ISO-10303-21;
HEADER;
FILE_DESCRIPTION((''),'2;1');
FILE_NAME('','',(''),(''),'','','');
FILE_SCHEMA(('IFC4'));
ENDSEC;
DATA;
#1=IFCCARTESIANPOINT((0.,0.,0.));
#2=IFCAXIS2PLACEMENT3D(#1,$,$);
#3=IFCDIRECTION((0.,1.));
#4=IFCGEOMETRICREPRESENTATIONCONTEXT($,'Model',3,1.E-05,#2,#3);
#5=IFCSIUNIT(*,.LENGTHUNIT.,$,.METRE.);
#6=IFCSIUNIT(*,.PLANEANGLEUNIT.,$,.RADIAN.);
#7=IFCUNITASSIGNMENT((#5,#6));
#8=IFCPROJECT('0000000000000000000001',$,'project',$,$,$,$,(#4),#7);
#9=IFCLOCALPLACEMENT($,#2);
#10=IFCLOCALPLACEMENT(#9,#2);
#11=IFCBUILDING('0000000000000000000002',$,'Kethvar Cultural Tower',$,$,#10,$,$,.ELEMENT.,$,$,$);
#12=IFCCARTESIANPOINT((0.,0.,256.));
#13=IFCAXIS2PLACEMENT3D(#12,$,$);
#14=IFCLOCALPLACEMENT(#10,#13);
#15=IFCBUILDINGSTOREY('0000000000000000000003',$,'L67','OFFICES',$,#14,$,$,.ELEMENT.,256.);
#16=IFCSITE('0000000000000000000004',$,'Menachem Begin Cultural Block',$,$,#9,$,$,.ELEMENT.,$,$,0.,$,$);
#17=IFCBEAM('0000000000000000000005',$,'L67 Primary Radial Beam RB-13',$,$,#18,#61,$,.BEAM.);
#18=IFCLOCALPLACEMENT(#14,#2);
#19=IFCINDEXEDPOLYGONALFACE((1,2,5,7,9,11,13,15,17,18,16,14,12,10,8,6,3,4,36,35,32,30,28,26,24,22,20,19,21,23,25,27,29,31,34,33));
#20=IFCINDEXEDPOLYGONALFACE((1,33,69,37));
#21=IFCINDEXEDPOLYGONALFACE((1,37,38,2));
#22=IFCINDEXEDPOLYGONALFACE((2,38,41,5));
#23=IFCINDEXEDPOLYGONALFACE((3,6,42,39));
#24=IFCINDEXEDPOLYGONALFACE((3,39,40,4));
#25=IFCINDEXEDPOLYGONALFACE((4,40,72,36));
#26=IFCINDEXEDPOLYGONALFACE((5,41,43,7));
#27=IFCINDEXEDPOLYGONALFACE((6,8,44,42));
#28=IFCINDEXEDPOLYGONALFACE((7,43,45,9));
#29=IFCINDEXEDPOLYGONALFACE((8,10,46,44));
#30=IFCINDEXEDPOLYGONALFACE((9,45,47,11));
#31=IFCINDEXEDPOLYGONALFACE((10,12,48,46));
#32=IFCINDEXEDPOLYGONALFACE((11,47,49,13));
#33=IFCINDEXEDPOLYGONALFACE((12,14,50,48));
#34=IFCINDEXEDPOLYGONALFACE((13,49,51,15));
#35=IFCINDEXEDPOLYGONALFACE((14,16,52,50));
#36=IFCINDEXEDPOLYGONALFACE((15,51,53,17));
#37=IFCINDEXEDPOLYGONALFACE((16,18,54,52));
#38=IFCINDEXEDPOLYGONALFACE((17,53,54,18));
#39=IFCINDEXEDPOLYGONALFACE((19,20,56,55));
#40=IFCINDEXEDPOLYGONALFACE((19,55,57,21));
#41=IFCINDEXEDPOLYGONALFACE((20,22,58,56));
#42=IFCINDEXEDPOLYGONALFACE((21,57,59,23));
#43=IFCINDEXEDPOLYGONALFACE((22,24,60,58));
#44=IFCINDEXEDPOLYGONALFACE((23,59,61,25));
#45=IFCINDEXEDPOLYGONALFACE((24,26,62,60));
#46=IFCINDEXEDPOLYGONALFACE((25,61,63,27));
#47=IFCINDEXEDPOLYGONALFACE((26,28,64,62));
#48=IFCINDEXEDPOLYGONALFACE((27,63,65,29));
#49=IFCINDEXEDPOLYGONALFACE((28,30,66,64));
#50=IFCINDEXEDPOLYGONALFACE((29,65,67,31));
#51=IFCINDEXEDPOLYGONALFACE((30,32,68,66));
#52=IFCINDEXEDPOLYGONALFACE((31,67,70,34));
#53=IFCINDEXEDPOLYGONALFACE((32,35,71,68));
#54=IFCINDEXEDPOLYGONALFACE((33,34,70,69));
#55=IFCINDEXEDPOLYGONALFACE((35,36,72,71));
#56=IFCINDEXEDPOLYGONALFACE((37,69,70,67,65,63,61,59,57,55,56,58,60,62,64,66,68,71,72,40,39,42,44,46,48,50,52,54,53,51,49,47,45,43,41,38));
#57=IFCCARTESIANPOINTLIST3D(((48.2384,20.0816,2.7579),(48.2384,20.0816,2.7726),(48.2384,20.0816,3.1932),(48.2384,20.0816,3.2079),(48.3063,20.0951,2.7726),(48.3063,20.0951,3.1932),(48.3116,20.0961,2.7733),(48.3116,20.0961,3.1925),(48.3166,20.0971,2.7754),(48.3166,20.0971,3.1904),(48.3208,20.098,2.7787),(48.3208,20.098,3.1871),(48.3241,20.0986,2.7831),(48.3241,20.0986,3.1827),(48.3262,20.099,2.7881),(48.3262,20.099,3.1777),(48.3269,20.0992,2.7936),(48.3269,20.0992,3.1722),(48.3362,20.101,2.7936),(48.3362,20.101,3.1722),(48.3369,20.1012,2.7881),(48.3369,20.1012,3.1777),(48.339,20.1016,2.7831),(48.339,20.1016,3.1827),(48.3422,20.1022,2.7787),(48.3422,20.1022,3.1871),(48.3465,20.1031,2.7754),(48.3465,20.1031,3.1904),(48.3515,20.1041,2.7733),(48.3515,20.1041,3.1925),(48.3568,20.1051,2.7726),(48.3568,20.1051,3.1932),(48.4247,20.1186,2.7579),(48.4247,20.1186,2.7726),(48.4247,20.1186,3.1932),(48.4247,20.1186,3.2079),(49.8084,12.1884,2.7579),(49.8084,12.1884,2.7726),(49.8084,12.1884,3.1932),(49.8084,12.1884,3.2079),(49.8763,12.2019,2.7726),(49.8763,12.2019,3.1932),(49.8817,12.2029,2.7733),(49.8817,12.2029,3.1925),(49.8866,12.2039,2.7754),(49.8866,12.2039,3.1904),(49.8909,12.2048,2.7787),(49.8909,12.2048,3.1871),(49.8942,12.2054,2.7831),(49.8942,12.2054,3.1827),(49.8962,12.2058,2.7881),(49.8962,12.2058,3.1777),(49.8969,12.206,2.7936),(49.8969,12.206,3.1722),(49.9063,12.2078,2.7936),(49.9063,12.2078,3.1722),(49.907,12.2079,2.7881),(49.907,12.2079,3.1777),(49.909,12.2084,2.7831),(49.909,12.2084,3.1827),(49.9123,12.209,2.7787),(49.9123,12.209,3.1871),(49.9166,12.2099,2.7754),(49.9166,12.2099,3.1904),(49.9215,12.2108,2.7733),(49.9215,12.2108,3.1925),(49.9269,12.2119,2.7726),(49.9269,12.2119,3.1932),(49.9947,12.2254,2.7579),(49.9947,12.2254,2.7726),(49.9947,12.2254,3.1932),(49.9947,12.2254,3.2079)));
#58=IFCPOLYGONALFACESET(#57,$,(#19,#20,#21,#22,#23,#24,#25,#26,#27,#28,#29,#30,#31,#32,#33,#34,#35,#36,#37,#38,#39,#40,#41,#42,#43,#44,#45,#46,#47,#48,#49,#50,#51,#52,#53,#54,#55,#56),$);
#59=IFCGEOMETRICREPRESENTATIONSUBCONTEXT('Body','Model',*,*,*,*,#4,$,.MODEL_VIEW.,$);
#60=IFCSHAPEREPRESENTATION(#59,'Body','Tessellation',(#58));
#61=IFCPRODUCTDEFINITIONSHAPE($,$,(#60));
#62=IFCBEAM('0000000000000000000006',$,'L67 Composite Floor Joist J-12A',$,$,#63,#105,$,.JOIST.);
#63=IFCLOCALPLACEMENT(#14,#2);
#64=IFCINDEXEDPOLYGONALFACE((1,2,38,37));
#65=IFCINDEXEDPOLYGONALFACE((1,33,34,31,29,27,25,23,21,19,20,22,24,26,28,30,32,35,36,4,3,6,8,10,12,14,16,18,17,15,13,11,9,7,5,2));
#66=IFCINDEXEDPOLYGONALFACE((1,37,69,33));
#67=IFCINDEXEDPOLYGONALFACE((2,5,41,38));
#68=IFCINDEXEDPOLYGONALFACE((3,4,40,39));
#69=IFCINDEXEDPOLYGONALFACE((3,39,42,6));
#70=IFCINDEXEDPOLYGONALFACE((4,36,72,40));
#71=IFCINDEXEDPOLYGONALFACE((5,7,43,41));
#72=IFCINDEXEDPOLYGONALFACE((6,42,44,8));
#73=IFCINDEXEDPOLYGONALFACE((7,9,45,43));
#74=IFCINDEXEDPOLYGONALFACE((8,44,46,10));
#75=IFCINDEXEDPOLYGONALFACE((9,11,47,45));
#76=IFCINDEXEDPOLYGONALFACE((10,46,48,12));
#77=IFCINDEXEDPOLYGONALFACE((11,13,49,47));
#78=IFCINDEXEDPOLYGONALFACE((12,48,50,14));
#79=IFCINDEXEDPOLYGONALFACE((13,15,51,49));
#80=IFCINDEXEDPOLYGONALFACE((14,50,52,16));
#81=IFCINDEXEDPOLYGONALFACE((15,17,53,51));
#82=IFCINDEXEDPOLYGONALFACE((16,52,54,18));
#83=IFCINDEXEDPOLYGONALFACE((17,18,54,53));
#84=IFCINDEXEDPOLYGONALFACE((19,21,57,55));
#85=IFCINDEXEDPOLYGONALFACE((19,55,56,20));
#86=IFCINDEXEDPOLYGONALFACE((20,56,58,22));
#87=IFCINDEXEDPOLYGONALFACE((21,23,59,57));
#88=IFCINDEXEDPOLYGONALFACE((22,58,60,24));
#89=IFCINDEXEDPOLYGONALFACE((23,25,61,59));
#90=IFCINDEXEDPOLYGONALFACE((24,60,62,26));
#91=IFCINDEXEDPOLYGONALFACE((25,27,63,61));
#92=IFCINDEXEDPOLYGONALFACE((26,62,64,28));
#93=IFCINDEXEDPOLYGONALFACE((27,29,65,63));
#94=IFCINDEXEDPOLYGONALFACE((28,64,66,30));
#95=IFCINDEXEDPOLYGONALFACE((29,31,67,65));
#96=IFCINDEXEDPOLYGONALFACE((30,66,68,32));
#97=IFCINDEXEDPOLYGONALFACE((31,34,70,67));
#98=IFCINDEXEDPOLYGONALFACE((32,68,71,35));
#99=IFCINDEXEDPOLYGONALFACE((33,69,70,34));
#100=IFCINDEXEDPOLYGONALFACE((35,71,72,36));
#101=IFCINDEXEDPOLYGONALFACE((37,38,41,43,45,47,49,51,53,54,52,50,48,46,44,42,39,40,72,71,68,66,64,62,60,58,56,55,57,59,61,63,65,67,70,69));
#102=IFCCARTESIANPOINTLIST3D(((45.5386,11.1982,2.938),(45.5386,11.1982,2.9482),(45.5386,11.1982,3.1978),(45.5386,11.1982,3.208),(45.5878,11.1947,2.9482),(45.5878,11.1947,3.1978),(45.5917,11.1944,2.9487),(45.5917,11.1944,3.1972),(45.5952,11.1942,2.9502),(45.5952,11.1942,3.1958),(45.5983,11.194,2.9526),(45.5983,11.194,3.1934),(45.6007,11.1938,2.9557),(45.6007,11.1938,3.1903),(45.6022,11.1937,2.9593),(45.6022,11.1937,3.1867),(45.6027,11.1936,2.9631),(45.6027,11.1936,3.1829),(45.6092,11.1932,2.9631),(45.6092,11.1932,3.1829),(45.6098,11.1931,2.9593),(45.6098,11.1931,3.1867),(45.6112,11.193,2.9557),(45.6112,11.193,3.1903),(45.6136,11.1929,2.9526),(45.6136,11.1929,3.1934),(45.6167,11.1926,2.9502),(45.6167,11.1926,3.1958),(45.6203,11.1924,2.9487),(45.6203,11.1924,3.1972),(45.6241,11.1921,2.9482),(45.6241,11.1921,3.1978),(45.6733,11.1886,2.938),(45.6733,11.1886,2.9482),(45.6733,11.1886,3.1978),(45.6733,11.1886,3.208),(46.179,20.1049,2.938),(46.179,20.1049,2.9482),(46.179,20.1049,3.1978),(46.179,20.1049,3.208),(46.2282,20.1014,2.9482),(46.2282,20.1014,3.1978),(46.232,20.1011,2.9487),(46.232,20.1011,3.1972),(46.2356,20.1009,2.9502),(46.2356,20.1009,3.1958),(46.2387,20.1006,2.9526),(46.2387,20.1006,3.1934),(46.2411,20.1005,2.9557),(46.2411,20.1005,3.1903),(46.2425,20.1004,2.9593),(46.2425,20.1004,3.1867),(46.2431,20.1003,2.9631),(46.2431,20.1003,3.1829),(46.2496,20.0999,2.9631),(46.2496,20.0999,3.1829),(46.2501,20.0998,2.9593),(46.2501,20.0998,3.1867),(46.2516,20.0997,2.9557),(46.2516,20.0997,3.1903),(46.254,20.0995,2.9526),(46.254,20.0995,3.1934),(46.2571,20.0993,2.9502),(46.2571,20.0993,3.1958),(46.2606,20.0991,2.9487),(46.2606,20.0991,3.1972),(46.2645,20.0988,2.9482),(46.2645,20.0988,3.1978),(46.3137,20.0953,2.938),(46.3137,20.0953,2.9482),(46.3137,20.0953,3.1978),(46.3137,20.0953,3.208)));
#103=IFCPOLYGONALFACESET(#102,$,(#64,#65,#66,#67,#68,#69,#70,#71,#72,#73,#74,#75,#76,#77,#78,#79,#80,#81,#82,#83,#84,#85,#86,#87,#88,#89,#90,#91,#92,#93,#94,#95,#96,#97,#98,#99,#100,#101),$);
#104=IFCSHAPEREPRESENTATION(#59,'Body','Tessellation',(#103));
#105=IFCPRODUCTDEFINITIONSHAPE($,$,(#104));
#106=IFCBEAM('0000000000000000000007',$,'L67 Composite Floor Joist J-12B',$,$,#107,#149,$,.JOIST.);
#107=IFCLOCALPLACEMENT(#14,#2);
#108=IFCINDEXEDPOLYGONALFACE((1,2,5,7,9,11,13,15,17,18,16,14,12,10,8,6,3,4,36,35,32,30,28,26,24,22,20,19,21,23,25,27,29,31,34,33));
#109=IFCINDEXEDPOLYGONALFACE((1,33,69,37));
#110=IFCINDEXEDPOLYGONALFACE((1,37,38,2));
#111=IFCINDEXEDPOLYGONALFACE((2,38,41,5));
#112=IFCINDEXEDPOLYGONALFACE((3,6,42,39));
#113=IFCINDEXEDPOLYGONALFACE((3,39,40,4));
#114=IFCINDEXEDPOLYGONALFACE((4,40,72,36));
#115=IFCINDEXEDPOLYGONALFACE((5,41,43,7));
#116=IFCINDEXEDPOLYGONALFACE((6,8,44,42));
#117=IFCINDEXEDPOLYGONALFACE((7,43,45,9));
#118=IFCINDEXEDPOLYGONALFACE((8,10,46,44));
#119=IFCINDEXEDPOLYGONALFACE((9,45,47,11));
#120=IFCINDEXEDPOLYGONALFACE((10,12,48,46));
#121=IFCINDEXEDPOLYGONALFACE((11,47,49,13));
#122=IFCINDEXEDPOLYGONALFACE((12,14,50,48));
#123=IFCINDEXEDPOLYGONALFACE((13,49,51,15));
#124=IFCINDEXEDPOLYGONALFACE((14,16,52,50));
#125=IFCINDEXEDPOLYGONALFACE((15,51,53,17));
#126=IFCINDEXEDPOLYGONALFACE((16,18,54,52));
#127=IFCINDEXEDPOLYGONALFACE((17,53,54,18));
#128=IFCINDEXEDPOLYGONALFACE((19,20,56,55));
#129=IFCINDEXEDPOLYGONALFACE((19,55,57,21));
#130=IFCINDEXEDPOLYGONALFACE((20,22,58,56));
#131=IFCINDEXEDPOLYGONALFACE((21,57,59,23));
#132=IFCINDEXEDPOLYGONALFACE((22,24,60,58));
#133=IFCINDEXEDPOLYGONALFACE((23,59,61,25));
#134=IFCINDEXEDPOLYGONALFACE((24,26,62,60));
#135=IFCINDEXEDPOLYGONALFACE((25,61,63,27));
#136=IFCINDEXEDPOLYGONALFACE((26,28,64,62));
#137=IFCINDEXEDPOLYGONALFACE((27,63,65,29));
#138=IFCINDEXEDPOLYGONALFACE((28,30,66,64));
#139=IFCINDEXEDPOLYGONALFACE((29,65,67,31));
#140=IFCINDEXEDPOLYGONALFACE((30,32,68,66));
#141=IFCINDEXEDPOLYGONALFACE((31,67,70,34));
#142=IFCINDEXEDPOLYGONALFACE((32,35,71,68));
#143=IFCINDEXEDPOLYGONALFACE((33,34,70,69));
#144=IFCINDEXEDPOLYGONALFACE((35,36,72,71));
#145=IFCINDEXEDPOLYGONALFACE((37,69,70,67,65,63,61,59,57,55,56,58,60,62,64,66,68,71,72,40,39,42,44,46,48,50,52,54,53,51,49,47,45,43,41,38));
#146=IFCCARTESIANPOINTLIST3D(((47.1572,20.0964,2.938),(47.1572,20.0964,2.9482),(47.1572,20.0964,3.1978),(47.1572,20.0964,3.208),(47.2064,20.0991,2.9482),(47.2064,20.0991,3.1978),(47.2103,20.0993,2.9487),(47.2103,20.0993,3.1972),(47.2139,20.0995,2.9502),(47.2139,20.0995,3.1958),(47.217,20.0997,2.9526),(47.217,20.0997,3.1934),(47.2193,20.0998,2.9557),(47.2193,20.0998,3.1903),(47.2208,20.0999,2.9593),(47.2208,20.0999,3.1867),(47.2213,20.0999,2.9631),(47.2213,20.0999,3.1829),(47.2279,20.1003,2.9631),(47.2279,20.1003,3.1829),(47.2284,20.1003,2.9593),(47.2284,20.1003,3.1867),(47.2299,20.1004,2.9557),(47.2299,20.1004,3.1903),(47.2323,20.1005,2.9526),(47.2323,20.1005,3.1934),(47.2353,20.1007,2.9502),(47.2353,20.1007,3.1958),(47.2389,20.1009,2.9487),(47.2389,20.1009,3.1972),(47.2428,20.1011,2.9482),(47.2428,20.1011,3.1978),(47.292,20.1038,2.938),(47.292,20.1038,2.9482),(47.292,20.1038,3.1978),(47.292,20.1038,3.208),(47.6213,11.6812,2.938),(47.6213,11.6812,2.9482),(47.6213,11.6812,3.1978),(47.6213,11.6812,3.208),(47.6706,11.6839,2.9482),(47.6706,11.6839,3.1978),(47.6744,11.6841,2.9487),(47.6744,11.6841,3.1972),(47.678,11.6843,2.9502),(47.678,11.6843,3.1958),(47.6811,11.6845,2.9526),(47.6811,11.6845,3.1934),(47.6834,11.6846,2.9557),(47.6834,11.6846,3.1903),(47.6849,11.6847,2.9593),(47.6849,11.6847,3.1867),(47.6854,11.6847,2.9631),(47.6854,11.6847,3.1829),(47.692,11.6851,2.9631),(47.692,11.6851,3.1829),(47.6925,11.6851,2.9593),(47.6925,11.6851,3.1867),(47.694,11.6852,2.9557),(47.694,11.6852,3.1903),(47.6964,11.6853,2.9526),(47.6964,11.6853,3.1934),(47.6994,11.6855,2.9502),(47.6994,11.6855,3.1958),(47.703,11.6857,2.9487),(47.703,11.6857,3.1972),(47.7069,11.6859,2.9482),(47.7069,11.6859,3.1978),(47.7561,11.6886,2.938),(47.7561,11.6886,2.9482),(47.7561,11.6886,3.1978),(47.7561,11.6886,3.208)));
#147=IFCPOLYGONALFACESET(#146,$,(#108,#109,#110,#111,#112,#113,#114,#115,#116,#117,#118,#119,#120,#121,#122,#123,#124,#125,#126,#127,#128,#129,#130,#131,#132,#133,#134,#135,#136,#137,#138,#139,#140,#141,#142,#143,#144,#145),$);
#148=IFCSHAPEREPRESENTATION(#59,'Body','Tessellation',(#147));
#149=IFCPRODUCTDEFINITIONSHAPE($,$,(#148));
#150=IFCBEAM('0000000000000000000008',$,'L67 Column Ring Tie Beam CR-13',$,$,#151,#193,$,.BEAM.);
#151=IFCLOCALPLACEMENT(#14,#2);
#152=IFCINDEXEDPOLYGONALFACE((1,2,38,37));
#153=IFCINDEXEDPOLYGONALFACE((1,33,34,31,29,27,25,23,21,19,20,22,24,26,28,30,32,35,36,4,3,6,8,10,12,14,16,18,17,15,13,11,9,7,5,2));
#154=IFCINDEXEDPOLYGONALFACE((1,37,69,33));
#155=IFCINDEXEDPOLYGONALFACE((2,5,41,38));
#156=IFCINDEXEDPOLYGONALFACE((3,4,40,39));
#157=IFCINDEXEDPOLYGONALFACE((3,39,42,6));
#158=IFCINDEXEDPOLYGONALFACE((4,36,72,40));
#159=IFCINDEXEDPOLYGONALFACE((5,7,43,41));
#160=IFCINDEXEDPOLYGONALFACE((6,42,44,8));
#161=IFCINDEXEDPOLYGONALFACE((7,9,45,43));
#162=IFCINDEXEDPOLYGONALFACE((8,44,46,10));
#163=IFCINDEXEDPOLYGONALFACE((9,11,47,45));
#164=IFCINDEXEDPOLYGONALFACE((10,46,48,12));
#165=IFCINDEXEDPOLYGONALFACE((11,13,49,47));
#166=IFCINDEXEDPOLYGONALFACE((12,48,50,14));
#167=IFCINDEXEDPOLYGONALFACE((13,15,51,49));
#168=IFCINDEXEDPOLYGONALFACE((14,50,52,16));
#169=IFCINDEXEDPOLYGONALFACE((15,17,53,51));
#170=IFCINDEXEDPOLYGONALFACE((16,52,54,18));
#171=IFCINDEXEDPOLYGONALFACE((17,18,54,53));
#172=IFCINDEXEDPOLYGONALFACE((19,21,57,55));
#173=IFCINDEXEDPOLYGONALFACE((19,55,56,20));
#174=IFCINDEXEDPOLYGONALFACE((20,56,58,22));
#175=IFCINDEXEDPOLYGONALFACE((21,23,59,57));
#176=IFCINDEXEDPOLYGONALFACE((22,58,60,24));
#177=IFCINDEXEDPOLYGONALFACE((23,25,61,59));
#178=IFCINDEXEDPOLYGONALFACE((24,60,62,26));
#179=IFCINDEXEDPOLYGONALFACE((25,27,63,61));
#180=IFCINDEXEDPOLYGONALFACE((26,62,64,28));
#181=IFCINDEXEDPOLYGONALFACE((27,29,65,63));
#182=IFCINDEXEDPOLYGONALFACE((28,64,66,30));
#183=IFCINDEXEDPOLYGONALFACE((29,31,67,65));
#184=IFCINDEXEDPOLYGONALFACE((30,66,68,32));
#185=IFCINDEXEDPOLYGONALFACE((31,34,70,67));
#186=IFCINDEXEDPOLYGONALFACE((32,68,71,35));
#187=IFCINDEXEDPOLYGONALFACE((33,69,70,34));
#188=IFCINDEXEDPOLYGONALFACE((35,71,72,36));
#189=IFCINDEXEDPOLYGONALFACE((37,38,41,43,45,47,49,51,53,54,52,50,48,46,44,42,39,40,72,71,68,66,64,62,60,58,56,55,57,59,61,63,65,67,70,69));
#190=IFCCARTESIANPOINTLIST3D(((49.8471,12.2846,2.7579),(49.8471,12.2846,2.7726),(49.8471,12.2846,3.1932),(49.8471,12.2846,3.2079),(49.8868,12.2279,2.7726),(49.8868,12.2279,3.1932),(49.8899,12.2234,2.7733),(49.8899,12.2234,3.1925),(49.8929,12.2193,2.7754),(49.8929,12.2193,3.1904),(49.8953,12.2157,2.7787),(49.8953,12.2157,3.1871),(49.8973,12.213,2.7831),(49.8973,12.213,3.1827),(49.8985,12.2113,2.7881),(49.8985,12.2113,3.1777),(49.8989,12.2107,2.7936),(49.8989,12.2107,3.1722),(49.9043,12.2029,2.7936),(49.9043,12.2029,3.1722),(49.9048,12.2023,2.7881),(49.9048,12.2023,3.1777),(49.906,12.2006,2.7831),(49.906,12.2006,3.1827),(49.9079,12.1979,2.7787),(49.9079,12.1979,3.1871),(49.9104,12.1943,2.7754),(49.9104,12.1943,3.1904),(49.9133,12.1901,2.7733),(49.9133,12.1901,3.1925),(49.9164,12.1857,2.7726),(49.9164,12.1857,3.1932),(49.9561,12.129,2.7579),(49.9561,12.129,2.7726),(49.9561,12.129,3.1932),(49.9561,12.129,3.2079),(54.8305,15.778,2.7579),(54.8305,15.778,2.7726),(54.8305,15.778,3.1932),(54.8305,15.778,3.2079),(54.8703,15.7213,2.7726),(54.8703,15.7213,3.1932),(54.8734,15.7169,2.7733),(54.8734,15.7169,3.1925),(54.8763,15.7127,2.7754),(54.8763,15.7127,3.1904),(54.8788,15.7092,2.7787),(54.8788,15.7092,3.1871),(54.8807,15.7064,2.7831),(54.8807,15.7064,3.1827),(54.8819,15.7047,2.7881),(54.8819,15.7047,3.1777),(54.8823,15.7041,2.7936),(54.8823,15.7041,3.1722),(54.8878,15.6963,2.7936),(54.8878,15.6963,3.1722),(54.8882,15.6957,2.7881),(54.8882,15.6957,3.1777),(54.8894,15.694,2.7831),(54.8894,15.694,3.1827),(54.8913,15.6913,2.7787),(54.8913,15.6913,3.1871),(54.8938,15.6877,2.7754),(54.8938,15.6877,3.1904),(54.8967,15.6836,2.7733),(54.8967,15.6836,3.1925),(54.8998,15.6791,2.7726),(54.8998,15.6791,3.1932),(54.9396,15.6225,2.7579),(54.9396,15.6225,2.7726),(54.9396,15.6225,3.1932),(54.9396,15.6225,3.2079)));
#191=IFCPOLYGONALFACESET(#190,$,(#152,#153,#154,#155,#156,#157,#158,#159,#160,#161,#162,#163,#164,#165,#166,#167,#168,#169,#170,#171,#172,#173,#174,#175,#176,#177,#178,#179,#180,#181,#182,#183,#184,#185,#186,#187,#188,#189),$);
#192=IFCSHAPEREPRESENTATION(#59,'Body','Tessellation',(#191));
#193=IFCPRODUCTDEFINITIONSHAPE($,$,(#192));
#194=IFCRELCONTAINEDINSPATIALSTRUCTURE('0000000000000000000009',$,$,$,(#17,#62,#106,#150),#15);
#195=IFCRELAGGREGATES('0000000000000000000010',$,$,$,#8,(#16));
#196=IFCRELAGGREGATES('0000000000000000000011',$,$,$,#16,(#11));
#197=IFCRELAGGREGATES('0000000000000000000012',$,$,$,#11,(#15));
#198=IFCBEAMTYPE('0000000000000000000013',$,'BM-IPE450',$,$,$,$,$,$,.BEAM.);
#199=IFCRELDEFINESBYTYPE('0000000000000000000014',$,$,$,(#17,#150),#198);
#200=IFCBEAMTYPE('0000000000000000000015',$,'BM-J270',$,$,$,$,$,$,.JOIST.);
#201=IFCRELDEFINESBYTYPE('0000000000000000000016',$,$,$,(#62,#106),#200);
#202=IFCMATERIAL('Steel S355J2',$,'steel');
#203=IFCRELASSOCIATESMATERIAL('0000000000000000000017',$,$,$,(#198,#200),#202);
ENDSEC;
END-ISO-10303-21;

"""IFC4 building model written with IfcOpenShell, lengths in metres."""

from ifc_helpers import new_model, si_unit, direction, frame, origin, origin_2d, place, context, subcontext, project, spatial, i_section, extrude, source, transform, mapped, material, material_profile, profile_set, type_object, element, save


model = new_model("IFC4")

# Units and contexts
model_context = context("Model", 3, precision=1e-05, world=origin(), true_north=direction((0.0, 1.0)))
body_context = subcontext(model_context, "Body", "Model", "MODEL_VIEW")
ifc_project = project(units=[si_unit("LENGTHUNIT", "METRE"), si_unit("PLANEANGLEUNIT", "RADIAN")], contexts=[model_context])

# Site, building, storey
site_placement = place(None, origin())
site = spatial("IfcSite", under=ifc_project, at=site_placement, Name="Menachem Begin Cultural Block", CompositionType="ELEMENT", RefElevation=0.0)
building_placement = place(site_placement, origin())
building = spatial("IfcBuilding", under=site, at=building_placement, Name="Kethvar Cultural Tower", CompositionType="ELEMENT")
storey_placement = place(building_placement, frame((0.0, 0.0, 256.0)))
storey = spatial("IfcBuildingStorey", under=building, at=storey_placement, Name="L67", Description="OFFICES", CompositionType="ELEMENT", Elevation=256.0)

# Beams
ifc_material_1 = material(Name="Steel S355J2", Category="steel")
ifc_material_profile_1 = material_profile(ifc_material_1, i_section(OverallWidth=0.1899, OverallDepth=0.45, WebThickness=0.0095, FlangeThickness=0.0146, FilletRadius=0.021, at=origin_2d()), Name="Steel S355J2 — IPE450")
ifc_profile_set_1 = profile_set([ifc_material_profile_1], Name="Steel S355J2 — IPE450")
beam_type_1 = type_object("IfcBeamType", Name="BM-IPE450", PredefinedType="BEAM", material=ifc_profile_set_1)
shared_shape_1 = source(origin(), body_context, "Body", "SweptSolid", [
    extrude(i_section(OverallWidth=0.1899, OverallDepth=0.45, WebThickness=0.0095, FlangeThickness=0.0146, FilletRadius=0.021, at=origin_2d()), origin(), (0.0, 0.0, 1.0), 8.0479),
])
beam_1_placement = place(storey_placement, frame((48.3315, 20.1001, 2.9829), z_axis=(0.195089, -0.980785, 0.0), x_axis=(0.980785, 0.195089, 0.0)))
element("IfcBeam", 1, at=beam_1_placement, inside=storey, type_object=beam_type_1, Name="L67 Primary Radial Beam RB-13", PredefinedType="BEAM", context=body_context, shape_type="MappedRepresentation", body=[
    mapped(shared_shape_1, transform((0.0, 0.0, 0.0), scale=1.0)),
])
ifc_material_profile_2 = material_profile(ifc_material_1, i_section(OverallWidth=0.135, OverallDepth=0.27, WebThickness=0.0066, FlangeThickness=0.0103, FilletRadius=0.0149, at=origin_2d()), Name="Steel S355J2 — IPE270")
ifc_profile_set_2 = profile_set([ifc_material_profile_2], Name="Steel S355J2 — IPE270")
beam_type_2 = type_object("IfcBeamType", Name="BM-J270", PredefinedType="JOIST", material=ifc_profile_set_2)
shared_shape_2 = source(origin(), body_context, "Body", "SweptSolid", [
    extrude(i_section(OverallWidth=0.135, OverallDepth=0.27, WebThickness=0.0066, FlangeThickness=0.0103, FilletRadius=0.0149, at=origin_2d()), origin(), (0.0, 0.0, 1.0), 8.9297),
])
beam_2_placement = place(storey_placement, frame((46.2463, 20.1001, 3.073), z_axis=(-0.071713, -0.997425, 0.0), x_axis=(0.997425, -0.071713, 0.0)))
element("IfcBeam", 2, at=beam_2_placement, inside=storey, type_object=beam_type_2, Name="L67 Composite Floor Joist J-12A", PredefinedType="JOIST", context=body_context, shape_type="MappedRepresentation", body=[
    mapped(shared_shape_2, transform((0.0, 0.0, 0.0), scale=1.0)),
])
shared_shape_3 = source(origin(), body_context, "Body", "SweptSolid", [
    extrude(i_section(OverallWidth=0.135, OverallDepth=0.27, WebThickness=0.0066, FlangeThickness=0.0103, FilletRadius=0.0149, at=origin_2d()), origin(), (0.0, 0.0, 1.0), 8.428),
])
beam_3_placement = place(storey_placement, frame((47.2246, 20.1001, 3.073), z_axis=(0.055067, -0.998483, 0.0), x_axis=(0.998483, 0.055067, 0.0)))
element("IfcBeam", 3, at=beam_3_placement, inside=storey, type_object=beam_type_2, Name="L67 Composite Floor Joist J-12B", PredefinedType="JOIST", context=body_context, shape_type="MappedRepresentation", body=[
    mapped(shared_shape_3, transform((0.0, 0.0, 0.0), scale=1.0)),
])
shared_shape_4 = source(origin(), body_context, "Body", "SweptSolid", [
    extrude(i_section(OverallWidth=0.1899, OverallDepth=0.45, WebThickness=0.0095, FlangeThickness=0.0146, FilletRadius=0.021, at=origin_2d()), origin(), (0.0, 0.0, 1.0), 6.0859),
])
beam_4_placement = place(storey_placement, frame((49.9016, 12.2068, 2.9829), z_axis=(0.818843, 0.574017, 0.0), x_axis=(-0.574017, 0.818843, 0.0)))
element("IfcBeam", 4, at=beam_4_placement, inside=storey, type_object=beam_type_1, Name="L67 Column Ring Tie Beam CR-13", PredefinedType="BEAM", context=body_context, shape_type="MappedRepresentation", body=[
    mapped(shared_shape_4, transform((0.0, 0.0, 0.0), scale=1.0)),
])

save(model, "model.ifc")
